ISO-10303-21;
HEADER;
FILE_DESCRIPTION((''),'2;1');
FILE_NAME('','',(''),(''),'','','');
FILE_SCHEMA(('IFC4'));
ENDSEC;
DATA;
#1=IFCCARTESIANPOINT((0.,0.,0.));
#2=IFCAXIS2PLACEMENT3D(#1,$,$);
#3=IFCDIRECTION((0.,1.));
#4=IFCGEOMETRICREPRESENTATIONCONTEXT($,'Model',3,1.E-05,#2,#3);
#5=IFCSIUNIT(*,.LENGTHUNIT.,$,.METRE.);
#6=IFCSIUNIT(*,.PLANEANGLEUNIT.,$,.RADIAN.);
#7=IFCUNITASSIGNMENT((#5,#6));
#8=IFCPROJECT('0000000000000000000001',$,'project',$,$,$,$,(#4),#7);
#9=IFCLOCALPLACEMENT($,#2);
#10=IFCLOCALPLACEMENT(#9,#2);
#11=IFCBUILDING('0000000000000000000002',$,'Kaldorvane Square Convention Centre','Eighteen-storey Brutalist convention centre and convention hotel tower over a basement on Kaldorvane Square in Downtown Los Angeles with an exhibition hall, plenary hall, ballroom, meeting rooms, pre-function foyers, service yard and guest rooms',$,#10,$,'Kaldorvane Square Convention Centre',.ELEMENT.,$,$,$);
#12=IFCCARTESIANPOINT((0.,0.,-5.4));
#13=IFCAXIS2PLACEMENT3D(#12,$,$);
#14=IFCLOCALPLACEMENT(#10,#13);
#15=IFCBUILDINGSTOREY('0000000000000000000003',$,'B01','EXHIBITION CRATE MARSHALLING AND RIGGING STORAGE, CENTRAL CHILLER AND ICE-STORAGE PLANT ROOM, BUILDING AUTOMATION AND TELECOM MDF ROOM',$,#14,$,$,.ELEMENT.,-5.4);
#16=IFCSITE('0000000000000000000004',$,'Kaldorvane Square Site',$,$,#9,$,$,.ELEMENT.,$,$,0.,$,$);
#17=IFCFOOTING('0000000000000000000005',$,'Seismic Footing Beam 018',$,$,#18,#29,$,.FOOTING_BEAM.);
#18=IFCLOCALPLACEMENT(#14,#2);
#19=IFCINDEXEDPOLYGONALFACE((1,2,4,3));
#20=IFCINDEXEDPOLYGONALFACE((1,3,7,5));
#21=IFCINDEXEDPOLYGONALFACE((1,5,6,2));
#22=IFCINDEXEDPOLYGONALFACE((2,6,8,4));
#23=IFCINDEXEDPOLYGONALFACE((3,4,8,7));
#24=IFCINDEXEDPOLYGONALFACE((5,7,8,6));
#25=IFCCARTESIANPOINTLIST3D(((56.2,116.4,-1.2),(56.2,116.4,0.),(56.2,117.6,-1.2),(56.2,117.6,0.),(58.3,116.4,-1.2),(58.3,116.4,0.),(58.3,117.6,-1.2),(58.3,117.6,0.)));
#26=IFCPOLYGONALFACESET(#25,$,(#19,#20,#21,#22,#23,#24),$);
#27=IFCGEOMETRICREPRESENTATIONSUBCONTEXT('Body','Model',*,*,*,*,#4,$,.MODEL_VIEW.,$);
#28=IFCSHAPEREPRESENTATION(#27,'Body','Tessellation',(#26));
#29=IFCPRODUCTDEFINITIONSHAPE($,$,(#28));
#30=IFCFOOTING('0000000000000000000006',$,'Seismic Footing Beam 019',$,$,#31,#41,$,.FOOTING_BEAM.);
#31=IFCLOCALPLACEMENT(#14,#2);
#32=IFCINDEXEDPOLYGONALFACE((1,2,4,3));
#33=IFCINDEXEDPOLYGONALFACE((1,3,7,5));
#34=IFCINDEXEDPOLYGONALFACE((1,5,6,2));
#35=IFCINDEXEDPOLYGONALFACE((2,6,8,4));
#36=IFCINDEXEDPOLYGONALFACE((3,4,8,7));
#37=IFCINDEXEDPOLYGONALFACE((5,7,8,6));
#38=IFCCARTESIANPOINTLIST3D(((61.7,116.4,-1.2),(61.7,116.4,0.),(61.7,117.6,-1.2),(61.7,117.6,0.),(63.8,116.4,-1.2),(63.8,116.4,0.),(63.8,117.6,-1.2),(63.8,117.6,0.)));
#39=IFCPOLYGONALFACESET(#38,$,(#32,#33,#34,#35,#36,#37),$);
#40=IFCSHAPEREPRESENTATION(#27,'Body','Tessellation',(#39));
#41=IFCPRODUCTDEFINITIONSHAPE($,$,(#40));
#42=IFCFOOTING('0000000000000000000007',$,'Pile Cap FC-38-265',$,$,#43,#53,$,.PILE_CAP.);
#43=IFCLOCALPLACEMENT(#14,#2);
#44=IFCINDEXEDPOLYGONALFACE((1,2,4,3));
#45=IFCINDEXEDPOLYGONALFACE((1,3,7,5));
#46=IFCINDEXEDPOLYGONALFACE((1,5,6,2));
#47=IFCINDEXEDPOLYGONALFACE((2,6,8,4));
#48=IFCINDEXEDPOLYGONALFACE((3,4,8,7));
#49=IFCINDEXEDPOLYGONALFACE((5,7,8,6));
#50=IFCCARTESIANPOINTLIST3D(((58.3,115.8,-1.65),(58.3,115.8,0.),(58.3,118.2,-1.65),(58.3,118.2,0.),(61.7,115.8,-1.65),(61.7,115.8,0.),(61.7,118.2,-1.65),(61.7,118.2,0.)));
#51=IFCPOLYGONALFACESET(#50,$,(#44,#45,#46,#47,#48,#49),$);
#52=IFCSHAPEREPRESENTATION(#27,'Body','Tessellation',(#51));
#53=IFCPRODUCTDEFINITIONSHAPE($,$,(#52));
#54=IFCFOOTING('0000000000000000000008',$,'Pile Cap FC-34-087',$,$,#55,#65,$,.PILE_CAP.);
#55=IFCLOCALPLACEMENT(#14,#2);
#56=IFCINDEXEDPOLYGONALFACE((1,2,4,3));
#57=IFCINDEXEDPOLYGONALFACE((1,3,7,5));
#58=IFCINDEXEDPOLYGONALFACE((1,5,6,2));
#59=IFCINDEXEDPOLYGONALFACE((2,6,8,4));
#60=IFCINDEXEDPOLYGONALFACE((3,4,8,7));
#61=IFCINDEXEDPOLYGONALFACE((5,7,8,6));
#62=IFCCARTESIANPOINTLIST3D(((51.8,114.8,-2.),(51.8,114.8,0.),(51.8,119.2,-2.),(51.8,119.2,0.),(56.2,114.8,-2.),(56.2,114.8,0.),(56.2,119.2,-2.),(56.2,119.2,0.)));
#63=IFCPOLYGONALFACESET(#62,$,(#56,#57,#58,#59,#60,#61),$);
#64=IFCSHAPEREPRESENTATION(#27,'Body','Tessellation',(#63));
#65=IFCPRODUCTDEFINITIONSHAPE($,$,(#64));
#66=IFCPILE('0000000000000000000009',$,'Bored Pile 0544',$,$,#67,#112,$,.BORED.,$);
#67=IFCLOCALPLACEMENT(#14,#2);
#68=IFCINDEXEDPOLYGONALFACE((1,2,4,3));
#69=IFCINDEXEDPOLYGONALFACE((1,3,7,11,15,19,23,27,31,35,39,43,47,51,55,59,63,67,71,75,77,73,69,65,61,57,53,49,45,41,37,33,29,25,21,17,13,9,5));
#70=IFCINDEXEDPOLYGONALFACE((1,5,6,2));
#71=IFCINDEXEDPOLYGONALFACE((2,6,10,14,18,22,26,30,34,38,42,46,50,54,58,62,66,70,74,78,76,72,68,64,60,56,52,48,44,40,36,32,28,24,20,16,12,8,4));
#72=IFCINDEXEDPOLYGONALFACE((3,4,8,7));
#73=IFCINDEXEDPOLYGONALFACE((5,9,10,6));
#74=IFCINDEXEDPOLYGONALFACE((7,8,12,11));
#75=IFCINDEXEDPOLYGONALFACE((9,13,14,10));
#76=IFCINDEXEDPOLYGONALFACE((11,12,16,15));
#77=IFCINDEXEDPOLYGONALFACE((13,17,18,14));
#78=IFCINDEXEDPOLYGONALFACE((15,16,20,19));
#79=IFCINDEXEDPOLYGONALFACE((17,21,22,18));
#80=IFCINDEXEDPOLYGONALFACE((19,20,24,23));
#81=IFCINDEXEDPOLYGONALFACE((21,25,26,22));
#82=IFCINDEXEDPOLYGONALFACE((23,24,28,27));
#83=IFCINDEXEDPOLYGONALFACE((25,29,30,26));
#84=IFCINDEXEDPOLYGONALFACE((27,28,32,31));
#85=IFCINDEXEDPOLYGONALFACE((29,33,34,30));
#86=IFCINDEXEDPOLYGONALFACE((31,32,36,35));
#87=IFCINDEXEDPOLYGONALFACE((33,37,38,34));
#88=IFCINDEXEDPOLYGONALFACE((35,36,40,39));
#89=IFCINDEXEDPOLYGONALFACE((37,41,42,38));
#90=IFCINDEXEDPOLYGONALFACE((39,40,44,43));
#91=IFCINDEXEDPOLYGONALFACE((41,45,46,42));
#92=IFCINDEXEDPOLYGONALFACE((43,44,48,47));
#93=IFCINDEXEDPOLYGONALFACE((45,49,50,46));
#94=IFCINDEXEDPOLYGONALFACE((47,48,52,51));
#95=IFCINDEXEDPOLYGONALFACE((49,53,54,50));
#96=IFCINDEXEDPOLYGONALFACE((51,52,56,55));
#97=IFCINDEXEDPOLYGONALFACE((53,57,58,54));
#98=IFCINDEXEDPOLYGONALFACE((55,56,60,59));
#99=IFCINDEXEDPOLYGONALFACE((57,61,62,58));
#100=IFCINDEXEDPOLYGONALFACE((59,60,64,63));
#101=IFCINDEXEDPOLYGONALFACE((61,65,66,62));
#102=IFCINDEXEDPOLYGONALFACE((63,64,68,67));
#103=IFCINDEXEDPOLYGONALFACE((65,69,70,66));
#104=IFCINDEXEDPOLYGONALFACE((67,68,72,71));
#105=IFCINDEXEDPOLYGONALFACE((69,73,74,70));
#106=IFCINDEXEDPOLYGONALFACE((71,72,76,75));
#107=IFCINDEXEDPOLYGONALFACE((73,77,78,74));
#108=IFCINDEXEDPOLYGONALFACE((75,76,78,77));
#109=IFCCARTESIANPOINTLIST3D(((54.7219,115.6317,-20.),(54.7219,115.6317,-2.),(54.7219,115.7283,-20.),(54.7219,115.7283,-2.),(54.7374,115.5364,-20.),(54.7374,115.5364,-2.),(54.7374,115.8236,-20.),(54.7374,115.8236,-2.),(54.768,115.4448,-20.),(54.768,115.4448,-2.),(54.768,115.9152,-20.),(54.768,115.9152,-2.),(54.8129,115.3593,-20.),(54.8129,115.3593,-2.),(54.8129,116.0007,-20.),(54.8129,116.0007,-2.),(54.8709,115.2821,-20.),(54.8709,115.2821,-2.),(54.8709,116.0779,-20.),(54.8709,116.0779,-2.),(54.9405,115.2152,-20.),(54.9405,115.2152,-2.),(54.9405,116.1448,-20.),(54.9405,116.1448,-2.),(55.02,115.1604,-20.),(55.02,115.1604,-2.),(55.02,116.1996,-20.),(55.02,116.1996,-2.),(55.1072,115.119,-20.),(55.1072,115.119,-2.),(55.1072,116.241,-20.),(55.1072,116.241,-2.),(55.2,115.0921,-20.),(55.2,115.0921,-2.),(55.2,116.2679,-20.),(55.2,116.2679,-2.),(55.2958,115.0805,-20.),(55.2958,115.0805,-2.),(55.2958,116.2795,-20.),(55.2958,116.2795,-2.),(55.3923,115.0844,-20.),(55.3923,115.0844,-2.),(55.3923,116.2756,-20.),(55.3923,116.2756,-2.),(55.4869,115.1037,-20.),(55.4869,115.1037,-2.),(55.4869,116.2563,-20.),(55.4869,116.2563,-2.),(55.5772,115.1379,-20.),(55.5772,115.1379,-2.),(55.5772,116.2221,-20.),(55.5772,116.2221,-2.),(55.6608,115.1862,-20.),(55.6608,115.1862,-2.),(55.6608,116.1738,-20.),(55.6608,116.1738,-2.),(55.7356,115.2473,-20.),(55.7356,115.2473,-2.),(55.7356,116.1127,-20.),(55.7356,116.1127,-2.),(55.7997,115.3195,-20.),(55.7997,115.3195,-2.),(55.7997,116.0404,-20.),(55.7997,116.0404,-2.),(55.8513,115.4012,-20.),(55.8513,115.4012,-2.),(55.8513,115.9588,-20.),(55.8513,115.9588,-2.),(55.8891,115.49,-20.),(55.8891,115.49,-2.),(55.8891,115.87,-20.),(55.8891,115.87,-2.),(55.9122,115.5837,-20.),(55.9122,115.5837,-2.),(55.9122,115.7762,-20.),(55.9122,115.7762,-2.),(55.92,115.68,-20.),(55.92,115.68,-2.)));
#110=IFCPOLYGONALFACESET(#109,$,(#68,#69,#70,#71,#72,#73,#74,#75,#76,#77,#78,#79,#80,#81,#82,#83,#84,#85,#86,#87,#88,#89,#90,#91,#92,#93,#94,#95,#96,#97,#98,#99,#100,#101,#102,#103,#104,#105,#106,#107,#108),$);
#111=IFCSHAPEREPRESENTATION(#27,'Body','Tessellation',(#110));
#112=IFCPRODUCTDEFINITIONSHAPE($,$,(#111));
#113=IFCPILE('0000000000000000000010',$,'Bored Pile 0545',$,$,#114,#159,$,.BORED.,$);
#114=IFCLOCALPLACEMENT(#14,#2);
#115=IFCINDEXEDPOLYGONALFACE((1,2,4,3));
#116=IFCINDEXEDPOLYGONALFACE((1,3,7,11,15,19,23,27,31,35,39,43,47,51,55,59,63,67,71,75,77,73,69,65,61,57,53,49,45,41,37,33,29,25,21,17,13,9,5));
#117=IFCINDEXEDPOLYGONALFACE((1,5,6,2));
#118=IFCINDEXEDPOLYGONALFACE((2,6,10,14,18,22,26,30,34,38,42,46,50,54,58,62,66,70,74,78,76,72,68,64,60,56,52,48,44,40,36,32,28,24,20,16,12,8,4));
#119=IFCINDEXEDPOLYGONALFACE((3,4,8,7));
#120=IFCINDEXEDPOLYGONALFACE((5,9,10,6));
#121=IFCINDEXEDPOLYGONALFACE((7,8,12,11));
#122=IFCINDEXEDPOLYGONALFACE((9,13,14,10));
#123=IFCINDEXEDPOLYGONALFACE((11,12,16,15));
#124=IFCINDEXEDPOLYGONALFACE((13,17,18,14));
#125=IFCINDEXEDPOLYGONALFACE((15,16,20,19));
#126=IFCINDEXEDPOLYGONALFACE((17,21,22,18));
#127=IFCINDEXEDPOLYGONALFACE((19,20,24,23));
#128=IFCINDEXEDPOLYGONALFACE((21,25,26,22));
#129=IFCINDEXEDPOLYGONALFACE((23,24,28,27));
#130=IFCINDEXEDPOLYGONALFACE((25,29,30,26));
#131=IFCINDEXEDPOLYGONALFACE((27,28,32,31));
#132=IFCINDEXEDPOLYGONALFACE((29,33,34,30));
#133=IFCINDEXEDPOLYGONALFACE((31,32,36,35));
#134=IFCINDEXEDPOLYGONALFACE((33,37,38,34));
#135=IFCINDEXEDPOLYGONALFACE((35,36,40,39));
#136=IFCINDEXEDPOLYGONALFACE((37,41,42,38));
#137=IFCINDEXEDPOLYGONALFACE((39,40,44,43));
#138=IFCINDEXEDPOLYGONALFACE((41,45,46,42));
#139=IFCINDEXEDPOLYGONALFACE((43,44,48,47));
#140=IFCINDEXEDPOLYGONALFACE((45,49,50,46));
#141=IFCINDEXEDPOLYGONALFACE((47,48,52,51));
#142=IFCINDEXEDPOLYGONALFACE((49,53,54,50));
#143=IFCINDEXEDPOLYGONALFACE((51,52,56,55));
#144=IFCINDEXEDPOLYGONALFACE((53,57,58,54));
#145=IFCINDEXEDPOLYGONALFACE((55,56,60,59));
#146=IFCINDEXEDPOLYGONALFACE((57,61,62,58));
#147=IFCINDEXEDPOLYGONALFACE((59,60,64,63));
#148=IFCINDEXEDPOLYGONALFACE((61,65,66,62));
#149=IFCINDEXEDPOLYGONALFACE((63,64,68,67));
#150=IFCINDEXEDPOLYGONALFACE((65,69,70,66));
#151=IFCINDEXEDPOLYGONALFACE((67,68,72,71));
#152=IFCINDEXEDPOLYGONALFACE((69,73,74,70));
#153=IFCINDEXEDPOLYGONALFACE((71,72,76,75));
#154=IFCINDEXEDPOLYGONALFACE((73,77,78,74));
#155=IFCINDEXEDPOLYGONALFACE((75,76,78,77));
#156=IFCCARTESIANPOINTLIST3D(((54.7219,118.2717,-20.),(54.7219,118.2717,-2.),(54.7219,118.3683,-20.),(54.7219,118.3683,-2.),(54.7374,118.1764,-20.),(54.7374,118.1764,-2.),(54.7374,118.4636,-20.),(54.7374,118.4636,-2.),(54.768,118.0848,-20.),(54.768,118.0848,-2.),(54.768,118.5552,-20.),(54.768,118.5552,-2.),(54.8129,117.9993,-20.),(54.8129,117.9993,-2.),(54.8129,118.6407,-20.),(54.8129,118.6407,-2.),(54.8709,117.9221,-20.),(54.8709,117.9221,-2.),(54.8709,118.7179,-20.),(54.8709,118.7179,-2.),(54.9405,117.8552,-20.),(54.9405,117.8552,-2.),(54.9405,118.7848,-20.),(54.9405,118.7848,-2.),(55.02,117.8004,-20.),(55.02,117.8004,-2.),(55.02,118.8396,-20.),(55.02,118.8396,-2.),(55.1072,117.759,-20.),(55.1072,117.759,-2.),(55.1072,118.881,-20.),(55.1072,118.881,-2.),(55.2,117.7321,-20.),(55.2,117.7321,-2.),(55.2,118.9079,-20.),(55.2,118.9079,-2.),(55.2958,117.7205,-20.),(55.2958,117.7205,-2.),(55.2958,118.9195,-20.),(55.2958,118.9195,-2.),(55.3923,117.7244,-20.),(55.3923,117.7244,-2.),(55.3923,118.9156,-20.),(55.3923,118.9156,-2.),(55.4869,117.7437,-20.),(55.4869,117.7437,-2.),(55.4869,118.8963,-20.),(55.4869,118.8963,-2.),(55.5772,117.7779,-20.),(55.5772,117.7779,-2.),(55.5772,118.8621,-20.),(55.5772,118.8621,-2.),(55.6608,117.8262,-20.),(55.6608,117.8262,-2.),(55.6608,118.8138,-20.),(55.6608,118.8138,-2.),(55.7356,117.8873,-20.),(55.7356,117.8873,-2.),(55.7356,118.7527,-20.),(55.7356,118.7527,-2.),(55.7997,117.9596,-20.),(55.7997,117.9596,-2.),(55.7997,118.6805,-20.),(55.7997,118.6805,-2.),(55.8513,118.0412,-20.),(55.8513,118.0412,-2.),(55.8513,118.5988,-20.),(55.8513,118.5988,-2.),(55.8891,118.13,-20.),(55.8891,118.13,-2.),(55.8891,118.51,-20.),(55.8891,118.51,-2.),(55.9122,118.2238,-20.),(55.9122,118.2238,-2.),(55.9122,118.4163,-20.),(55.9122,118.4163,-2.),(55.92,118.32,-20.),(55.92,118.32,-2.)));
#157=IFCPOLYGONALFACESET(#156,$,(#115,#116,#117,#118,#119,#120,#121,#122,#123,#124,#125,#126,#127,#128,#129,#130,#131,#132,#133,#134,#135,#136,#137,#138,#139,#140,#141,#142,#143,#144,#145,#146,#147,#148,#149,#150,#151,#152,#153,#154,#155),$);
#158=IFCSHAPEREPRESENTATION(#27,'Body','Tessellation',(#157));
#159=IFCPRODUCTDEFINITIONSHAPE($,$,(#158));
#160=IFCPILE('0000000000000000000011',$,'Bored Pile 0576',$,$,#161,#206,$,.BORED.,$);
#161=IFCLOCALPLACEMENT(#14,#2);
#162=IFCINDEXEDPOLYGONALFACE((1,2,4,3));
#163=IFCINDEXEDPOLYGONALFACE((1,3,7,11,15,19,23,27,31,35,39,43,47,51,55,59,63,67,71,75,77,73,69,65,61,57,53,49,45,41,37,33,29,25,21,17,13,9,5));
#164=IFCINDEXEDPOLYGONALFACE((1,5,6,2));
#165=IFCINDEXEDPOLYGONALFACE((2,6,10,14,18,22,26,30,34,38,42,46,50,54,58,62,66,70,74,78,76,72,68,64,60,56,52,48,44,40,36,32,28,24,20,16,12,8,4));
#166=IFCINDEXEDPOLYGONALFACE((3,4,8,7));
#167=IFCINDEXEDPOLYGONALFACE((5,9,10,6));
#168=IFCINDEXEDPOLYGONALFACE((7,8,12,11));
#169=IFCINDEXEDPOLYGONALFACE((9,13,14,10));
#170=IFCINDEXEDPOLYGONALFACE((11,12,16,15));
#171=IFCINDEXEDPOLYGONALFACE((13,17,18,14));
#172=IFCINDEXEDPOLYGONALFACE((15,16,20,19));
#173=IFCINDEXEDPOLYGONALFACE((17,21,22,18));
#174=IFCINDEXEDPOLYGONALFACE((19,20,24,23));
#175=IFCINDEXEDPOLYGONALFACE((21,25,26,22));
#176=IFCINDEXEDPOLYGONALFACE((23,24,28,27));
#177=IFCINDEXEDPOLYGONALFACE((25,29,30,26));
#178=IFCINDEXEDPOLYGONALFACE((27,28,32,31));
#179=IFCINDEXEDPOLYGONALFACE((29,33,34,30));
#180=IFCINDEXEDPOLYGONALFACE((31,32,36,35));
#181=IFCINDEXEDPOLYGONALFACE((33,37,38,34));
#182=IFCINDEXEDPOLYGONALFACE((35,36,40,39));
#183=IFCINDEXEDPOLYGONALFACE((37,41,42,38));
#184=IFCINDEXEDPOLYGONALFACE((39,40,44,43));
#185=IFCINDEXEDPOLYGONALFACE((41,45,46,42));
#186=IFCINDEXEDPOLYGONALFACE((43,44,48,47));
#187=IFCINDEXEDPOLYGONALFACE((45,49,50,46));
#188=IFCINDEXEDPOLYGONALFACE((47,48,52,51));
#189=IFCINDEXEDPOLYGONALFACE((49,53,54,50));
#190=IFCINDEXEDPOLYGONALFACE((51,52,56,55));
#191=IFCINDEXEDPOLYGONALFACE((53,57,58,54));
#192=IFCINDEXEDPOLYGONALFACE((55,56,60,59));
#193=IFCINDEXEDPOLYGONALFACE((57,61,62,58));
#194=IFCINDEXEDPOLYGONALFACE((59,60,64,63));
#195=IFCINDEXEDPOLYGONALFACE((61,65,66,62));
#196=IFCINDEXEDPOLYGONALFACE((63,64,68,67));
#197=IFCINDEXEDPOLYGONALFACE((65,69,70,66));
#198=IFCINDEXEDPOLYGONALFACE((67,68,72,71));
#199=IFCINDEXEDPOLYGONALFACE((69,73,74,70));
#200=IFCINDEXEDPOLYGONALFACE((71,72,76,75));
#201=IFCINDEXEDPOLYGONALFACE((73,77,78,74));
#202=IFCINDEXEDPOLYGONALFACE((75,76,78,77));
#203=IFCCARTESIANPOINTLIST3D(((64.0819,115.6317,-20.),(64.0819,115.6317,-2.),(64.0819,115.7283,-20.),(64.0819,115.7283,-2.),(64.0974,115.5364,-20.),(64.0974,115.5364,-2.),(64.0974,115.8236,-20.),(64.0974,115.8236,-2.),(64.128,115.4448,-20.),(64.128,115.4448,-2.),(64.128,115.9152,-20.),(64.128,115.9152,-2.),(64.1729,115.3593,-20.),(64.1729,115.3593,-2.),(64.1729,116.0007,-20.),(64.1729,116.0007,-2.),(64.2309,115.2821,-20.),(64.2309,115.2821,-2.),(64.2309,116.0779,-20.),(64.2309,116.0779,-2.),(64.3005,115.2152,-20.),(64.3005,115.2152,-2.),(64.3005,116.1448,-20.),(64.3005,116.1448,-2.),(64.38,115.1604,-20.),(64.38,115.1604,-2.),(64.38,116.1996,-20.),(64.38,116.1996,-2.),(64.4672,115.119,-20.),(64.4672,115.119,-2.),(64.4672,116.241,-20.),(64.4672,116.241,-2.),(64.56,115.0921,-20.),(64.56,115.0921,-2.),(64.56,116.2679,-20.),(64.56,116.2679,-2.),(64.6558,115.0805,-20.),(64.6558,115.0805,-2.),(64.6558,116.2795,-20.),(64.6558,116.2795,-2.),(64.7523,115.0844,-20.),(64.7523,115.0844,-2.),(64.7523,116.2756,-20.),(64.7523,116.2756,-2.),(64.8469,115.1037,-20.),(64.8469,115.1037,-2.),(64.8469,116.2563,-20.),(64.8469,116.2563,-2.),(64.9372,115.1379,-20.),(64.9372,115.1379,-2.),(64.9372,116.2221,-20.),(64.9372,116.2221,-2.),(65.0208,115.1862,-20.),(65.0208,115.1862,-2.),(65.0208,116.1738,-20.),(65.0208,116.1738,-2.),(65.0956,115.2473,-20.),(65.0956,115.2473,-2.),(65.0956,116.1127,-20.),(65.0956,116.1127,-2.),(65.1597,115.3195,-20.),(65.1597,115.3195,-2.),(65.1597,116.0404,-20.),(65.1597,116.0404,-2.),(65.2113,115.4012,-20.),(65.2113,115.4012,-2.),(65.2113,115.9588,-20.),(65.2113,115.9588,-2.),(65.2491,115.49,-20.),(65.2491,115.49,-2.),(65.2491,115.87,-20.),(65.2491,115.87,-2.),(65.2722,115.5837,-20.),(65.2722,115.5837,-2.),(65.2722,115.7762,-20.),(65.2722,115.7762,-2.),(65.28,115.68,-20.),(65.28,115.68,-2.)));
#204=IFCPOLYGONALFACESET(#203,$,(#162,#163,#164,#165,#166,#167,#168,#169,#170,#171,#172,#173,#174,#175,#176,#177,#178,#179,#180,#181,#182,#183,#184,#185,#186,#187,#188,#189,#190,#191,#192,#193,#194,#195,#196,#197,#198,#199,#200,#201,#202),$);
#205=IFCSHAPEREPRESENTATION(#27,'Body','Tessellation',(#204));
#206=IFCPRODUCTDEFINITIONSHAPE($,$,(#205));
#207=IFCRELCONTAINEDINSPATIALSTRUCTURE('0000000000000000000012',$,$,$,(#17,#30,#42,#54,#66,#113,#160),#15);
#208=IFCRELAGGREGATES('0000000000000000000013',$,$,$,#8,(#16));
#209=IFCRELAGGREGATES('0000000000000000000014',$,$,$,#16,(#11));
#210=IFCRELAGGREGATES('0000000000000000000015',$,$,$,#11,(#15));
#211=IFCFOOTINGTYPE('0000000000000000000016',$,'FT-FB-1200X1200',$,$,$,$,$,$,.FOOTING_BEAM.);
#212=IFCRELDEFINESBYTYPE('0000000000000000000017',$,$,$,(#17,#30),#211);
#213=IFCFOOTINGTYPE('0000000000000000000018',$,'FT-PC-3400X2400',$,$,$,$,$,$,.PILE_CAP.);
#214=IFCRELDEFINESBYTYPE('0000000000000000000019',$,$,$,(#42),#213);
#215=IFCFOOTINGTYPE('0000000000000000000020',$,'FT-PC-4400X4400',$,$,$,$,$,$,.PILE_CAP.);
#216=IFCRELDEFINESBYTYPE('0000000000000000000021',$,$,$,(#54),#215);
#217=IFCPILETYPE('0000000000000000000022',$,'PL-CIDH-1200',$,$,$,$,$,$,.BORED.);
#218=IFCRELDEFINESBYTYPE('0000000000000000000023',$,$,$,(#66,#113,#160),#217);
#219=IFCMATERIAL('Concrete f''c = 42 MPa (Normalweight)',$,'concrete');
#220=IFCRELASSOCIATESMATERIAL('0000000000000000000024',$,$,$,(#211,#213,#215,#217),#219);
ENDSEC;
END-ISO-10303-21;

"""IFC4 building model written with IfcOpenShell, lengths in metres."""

from ifc_helpers import new_model, si_unit, direction, frame, origin, origin_2d, place, context, subcontext, project, spatial, rectangle, circle, extrude, material, material_profile, profile_set, type_object, element, save


model = new_model("IFC4")

# Units and contexts
model_context = context("Model", 3, precision=1e-05, world=origin(), true_north=direction((0.0, 1.0)))
body_context = subcontext(model_context, "Body", "Model", "MODEL_VIEW")
ifc_project = project(units=[si_unit("LENGTHUNIT", "METRE"), si_unit("PLANEANGLEUNIT", "RADIAN")], contexts=[model_context])

# Site, building, storey
site_placement = place(None, origin())
site = spatial("IfcSite", under=ifc_project, at=site_placement, Name="Kaldorvane Square Site", CompositionType="ELEMENT", RefElevation=0.0)
building_placement = place(site_placement, origin())
building = spatial("IfcBuilding", under=site, at=building_placement, Name="Kaldorvane Square Convention Centre", Description="Eighteen-storey Brutalist convention centre and convention hotel tower over a basement on Kaldorvane Square in Downtown Los Angeles with an exhibition hall, plenary hall, ballroom, meeting rooms, pre-function foyers, service yard and guest rooms", LongName="Kaldorvane Square Convention Centre", CompositionType="ELEMENT")
storey_placement = place(building_placement, frame((0.0, 0.0, -5.4)))
storey = spatial("IfcBuildingStorey", under=building, at=storey_placement, Name="B01", Description="EXHIBITION CRATE MARSHALLING AND RIGGING STORAGE, CENTRAL CHILLER AND ICE-STORAGE PLANT ROOM, BUILDING AUTOMATION AND TELECOM MDF ROOM", CompositionType="ELEMENT", Elevation=-5.4)

# Footings
ifc_material_1 = material(Name="Concrete f'c = 42 MPa (Normalweight)", Category="concrete")
footing_type_1 = type_object("IfcFootingType", Name="FT-FB-1200X1200", PredefinedType="FOOTING_BEAM", material=ifc_material_1)
for number, where, z_axis, x_axis, name in (
    (1, (57.25, 117.0, -1.2), (0.0, 0.0, 1.0), (1.0, 0.0, 0.0), "Seismic Footing Beam 018"),
    (2, (62.75, 117.0, -1.2), (0.0, 0.0, 1.0), (1.0, 0.0, 0.0), "Seismic Footing Beam 019"),
):
    element("IfcFooting", number, at=place(storey_placement, frame(where, z_axis=z_axis, x_axis=x_axis)), inside=storey, type_object=footing_type_1, Name=name, PredefinedType="FOOTING_BEAM", context=body_context, shape_type="SweptSolid", body=[
        extrude(rectangle(XDim=2.1, YDim=1.2, at=origin_2d()), origin(), (0.0, 0.0, 1.0), 1.2),
    ])
footing_type_2 = type_object("IfcFootingType", Name="FT-PC-3400X2400", PredefinedType="PILE_CAP", material=ifc_material_1)
footing_1_placement = place(storey_placement, frame((60.0, 117.0, -1.65), z_axis=(0.0, 0.0, 1.0), x_axis=(1.0, 0.0, 0.0)))
element("IfcFooting", 3, at=footing_1_placement, inside=storey, type_object=footing_type_2, Name="Pile Cap FC-38-265", PredefinedType="PILE_CAP", context=body_context, shape_type="SweptSolid", body=[
    extrude(rectangle(XDim=3.4, YDim=2.4, at=origin_2d()), origin(), (0.0, 0.0, 1.0), 1.65),
])
footing_type_3 = type_object("IfcFootingType", Name="FT-PC-4400X4400", PredefinedType="PILE_CAP", material=ifc_material_1)
footing_2_placement = place(storey_placement, frame((54.0, 117.0, -2.0), z_axis=(0.0, 0.0, 1.0), x_axis=(1.0, 0.0, 0.0)))
element("IfcFooting", 4, at=footing_2_placement, inside=storey, type_object=footing_type_3, Name="Pile Cap FC-34-087", PredefinedType="PILE_CAP", context=body_context, shape_type="SweptSolid", body=[
    extrude(rectangle(XDim=4.4, YDim=4.4, at=origin_2d()), origin(), (0.0, 0.0, 1.0), 2.0),
])

# Piles
ifc_material_profile_1 = material_profile(ifc_material_1, circle(Radius=0.6, at=origin_2d()), Name="PILE-D1200")
ifc_profile_set_1 = profile_set([ifc_material_profile_1], Name="Concrete f'c = 42 MPa (Normalweight)")
pile_type_1 = type_object("IfcPileType", Name="PL-CIDH-1200", PredefinedType="BORED", material=ifc_profile_set_1)
for number, where, z_axis, x_axis, name in (
    (5, (55.32, 115.68, -2.0), (0.0, 0.0, -1.0), (1.0, 0.0, 0.0), "Bored Pile 0544"),
    (6, (55.32, 118.32, -2.0), (0.0, 0.0, -1.0), (1.0, 0.0, 0.0), "Bored Pile 0545"),
    (7, (64.68, 115.68, -2.0), (0.0, 0.0, -1.0), (1.0, 0.0, 0.0), "Bored Pile 0576"),
):
    element("IfcPile", number, at=place(storey_placement, frame(where, z_axis=z_axis, x_axis=x_axis)), inside=storey, type_object=pile_type_1, Name=name, PredefinedType="BORED", context=body_context, shape_type="SweptSolid", body=[
        extrude(circle(Radius=0.6, at=origin_2d()), origin(), (0.0, 0.0, 1.0), 18.0),
    ])

save(model, "model.ifc")
